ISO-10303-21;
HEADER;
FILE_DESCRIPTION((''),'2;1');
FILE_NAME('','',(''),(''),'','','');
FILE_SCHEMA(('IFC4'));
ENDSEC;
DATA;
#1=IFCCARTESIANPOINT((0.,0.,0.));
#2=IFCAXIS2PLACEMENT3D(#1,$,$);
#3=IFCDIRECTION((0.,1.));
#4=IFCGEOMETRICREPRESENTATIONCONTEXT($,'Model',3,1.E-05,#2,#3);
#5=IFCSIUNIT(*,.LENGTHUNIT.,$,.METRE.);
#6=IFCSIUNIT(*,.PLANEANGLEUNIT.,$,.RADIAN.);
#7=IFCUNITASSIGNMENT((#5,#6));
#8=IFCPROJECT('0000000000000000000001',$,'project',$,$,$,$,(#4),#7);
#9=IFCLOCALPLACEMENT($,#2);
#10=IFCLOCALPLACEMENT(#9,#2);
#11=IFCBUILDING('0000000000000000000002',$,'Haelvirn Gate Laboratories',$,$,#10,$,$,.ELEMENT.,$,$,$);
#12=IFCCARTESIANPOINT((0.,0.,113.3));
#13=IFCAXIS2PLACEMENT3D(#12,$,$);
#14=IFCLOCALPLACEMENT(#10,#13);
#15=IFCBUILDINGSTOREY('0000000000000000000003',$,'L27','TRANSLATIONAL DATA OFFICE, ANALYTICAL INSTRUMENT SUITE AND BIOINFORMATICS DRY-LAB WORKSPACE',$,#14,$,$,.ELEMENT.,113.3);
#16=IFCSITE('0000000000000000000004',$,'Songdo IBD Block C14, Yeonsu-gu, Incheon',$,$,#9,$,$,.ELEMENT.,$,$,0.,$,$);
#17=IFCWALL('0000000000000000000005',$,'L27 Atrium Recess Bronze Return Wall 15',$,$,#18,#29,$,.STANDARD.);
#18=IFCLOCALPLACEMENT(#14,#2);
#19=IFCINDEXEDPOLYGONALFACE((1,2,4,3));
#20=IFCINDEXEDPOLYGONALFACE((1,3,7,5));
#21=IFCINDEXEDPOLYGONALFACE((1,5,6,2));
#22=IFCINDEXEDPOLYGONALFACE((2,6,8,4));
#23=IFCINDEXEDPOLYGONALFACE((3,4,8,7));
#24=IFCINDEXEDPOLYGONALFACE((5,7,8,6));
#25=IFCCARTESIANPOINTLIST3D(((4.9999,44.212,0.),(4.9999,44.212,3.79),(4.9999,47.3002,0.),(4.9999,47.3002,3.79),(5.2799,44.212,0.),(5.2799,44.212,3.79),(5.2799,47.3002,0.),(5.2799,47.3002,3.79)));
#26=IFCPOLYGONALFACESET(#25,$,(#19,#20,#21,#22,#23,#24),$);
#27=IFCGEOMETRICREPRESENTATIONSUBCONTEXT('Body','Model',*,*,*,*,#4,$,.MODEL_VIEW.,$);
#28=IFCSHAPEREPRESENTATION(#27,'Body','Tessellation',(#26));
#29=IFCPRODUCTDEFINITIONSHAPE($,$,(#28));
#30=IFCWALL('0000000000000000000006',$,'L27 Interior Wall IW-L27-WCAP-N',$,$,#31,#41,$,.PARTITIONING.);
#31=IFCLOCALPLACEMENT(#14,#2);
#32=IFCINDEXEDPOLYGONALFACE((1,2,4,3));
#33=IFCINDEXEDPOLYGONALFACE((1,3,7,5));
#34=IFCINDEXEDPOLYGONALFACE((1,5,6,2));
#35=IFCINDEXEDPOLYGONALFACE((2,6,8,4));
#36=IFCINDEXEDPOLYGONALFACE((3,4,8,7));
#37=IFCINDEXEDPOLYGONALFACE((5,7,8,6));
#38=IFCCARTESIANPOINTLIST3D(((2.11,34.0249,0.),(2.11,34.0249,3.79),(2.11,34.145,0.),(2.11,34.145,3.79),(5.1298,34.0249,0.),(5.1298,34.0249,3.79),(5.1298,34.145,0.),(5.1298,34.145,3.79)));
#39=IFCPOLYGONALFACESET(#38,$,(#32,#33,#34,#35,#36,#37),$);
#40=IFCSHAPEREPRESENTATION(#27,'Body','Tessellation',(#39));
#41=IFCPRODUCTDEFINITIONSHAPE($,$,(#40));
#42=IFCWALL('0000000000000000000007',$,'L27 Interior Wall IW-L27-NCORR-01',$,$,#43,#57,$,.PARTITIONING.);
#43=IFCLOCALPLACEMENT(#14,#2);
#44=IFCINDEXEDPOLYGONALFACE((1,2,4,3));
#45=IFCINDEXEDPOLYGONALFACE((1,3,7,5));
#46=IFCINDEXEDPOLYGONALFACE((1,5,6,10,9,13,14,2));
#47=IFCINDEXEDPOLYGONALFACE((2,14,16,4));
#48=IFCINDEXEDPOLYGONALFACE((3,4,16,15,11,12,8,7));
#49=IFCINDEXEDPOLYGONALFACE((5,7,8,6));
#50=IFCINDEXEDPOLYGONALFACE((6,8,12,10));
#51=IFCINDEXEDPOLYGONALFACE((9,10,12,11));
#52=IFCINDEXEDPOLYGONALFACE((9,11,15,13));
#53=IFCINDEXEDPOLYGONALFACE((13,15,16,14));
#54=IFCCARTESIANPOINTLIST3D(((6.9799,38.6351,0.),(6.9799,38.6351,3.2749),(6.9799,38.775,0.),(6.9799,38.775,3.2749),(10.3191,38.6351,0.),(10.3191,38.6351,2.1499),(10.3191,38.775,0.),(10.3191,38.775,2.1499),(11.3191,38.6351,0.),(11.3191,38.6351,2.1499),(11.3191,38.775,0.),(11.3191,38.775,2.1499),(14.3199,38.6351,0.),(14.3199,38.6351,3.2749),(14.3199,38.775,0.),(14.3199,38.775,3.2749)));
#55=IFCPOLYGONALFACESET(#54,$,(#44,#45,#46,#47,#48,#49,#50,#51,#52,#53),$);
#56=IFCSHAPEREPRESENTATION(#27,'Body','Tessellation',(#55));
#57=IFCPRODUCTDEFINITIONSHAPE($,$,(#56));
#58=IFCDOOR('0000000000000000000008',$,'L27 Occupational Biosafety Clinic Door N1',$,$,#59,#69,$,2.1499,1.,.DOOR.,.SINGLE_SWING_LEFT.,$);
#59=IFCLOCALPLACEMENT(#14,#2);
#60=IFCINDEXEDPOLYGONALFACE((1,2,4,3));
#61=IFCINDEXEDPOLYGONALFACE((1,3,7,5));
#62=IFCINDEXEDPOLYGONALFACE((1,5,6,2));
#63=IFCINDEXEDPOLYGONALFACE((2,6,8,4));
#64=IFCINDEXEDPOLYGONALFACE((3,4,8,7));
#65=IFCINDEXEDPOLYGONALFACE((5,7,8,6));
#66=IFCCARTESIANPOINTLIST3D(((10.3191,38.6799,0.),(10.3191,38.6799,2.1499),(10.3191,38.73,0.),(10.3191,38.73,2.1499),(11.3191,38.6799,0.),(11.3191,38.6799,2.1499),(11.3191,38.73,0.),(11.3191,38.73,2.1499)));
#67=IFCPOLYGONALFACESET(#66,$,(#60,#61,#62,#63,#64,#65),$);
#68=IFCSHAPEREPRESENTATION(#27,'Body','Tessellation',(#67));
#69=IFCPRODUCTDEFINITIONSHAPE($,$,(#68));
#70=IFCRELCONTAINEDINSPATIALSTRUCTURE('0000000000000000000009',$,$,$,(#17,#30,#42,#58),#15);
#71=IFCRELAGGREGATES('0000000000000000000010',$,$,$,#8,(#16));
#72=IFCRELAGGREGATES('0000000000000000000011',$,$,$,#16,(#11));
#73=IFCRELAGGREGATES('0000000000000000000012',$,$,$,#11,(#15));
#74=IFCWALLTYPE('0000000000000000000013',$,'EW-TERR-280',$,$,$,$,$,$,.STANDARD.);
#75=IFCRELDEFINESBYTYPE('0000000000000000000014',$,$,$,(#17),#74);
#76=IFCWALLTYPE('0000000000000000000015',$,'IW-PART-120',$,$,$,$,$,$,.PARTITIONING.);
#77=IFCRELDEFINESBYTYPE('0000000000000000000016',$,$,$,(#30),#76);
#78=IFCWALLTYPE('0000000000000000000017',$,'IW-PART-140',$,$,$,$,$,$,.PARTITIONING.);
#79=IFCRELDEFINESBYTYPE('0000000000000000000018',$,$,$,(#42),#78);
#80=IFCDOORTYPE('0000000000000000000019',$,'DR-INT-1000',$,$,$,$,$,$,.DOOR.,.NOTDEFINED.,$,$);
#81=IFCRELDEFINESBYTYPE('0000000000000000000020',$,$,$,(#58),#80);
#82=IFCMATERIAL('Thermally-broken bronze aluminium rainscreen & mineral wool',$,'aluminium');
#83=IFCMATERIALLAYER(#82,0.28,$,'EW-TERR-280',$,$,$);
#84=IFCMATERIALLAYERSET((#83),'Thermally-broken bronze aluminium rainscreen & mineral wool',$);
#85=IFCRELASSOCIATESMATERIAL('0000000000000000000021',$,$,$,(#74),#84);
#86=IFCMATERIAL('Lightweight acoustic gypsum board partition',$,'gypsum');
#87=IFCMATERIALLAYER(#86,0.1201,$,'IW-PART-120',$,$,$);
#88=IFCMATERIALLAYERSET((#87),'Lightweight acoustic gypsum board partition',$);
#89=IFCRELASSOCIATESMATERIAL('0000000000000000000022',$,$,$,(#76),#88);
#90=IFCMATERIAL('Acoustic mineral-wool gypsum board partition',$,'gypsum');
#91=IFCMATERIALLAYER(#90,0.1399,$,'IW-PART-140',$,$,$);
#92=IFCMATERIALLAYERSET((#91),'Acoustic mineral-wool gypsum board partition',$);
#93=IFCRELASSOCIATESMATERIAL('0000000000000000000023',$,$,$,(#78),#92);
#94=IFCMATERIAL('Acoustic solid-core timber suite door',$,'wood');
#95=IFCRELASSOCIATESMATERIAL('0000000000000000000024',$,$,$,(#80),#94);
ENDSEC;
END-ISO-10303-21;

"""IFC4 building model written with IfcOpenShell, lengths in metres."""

from ifc_helpers import new_model, si_unit, direction, frame, frame_2d, origin, place, context, subcontext, project, spatial, rectangle, extrude, source, transform, mapped, material, layer, layer_set, type_object, type_shapes, element, fill, save


model = new_model("IFC4")

# Units and contexts
model_context = context("Model", 3, precision=1e-05, world=origin(), true_north=direction((0.0, 1.0)))
body_context = subcontext(model_context, "Body", "Model", "MODEL_VIEW")
ifc_project = project(units=[si_unit("LENGTHUNIT", "METRE"), si_unit("PLANEANGLEUNIT", "RADIAN")], contexts=[model_context])

# Site, building, storey
site_placement = place(None, origin())
site = spatial("IfcSite", under=ifc_project, at=site_placement, Name="Songdo IBD Block C14, Yeonsu-gu, Incheon", CompositionType="ELEMENT", RefElevation=0.0)
building_placement = place(site_placement, origin())
building = spatial("IfcBuilding", under=site, at=building_placement, Name="Haelvirn Gate Laboratories", CompositionType="ELEMENT")
storey_placement = place(building_placement, frame((0.0, 0.0, 113.3)))
storey = spatial("IfcBuildingStorey", under=building, at=storey_placement, Name="L27", Description="TRANSLATIONAL DATA OFFICE, ANALYTICAL INSTRUMENT SUITE AND BIOINFORMATICS DRY-LAB WORKSPACE", CompositionType="ELEMENT", Elevation=113.3)

# Walls
ifc_material_1 = material(Name="Thermally-broken bronze aluminium rainscreen & mineral wool", Category="aluminium")
ifc_layer_1 = layer(ifc_material_1, 0.28, Name="EW-TERR-280")
ifc_layer_set_1 = layer_set([ifc_layer_1], Name="Thermally-broken bronze aluminium rainscreen & mineral wool")
wall_type_1 = type_object("IfcWallType", Name="EW-TERR-280", PredefinedType="STANDARD", material=ifc_layer_set_1)
wall_1_placement = place(storey_placement, frame((5.1399, 47.3, 0.0), z_axis=(0.0, 0.0, 1.0), x_axis=(0.0, -1.0, 0.0)))
element("IfcWall", 1, at=wall_1_placement, inside=storey, type_object=wall_type_1, Name="L27 Atrium Recess Bronze Return Wall 15", PredefinedType="STANDARD", context=body_context, shape_type="SweptSolid", body=[
    extrude(rectangle(XDim=3.0881, YDim=0.28, at=frame_2d((1.5439, 0.0))), origin(), (0.0, 0.0, 1.0), 3.79),
])
ifc_material_2 = material(Name="Lightweight acoustic gypsum board partition", Category="gypsum")
ifc_layer_2 = layer(ifc_material_2, 0.1201, Name="IW-PART-120")
ifc_layer_set_2 = layer_set([ifc_layer_2], Name="Lightweight acoustic gypsum board partition")
wall_type_2 = type_object("IfcWallType", Name="IW-PART-120", PredefinedType="PARTITIONING", material=ifc_layer_set_2)
wall_2_placement = place(storey_placement, frame((2.1101, 34.085, 0.0), z_axis=(0.0, 0.0, 1.0), x_axis=(1.0, 0.0, 0.0)))
element("IfcWall", 2, at=wall_2_placement, inside=storey, type_object=wall_type_2, Name="L27 Interior Wall IW-L27-WCAP-N", PredefinedType="PARTITIONING", context=body_context, shape_type="SweptSolid", body=[
    extrude(rectangle(XDim=3.0198, YDim=0.1201, at=frame_2d((1.5098, 0.0))), origin(), (0.0, 0.0, 1.0), 3.79),
])

# Wall, opening, door
ifc_material_3 = material(Name="Acoustic mineral-wool gypsum board partition", Category="gypsum")
ifc_layer_3 = layer(ifc_material_3, 0.1399, Name="IW-PART-140")
ifc_layer_set_3 = layer_set([ifc_layer_3], Name="Acoustic mineral-wool gypsum board partition")
wall_type_3 = type_object("IfcWallType", Name="IW-PART-140", PredefinedType="PARTITIONING", material=ifc_layer_set_3)
wall_3_placement = place(storey_placement, frame((6.98, 38.7051, 0.0), z_axis=(0.0, 0.0, 1.0), x_axis=(1.0, 0.0, 0.0)))
wall_3 = element("IfcWall", 3, at=wall_3_placement, inside=storey, type_object=wall_type_3, Name="L27 Interior Wall IW-L27-NCORR-01", PredefinedType="PARTITIONING", context=body_context, shape_type="SweptSolid", body=[
    extrude(rectangle(XDim=7.3401, YDim=0.1399, at=frame_2d((3.6699, 0.0))), origin(), (0.0, 0.0, 1.0), 3.2749),
])
opening_placement = place(wall_3_placement, frame((3.3391, 0.0, 0.0)))
opening = element("IfcOpeningElement", 4, at=opening_placement, cuts=wall_3, PredefinedType="OPENING", context=body_context, shape_type="SweptSolid", body=[
    extrude(rectangle(XDim=1.0, YDim=2.1499, at=frame_2d((0.5, 1.075))), frame((0.0, 0.0801, 0.0), z_axis=(0.0, -1.0, 0.0), x_axis=(1.0, 0.0, 0.0)), (0.0, 0.0, 1.0), 0.1599),
])
ifc_material_4 = material(Name="Acoustic solid-core timber suite door", Category="wood")
door_type = type_object("IfcDoorType", Name="DR-INT-1000", OperationType="NOTDEFINED", PredefinedType="DOOR", material=ifc_material_4)
shared_shape_1 = source(origin(), body_context, "Body", "SweptSolid", [
    extrude(rectangle(XDim=1.0, YDim=2.1499, at=frame_2d((0.5, 1.075))), frame((0.0, 0.0249, 0.0), z_axis=(0.0, -1.0, 0.0), x_axis=(1.0, 0.0, 0.0)), (0.0, 0.0, 1.0), 0.05),
])
type_shapes(door_type, [shared_shape_1])
door_placement = place(opening_placement, origin())
door = element("IfcDoor", 5, at=door_placement, inside=storey, type_object=door_type, Name="L27 Occupational Biosafety Clinic Door N1", OperationType="SINGLE_SWING_LEFT", OverallHeight=2.1499, OverallWidth=1.0, PredefinedType="DOOR", context=body_context, shape_type="MappedRepresentation", body=[
    mapped(shared_shape_1, transform((0.0, 0.0, 0.0), scale=1.0)),
])
fill(opening, door)

save(model, "model.ifc")
